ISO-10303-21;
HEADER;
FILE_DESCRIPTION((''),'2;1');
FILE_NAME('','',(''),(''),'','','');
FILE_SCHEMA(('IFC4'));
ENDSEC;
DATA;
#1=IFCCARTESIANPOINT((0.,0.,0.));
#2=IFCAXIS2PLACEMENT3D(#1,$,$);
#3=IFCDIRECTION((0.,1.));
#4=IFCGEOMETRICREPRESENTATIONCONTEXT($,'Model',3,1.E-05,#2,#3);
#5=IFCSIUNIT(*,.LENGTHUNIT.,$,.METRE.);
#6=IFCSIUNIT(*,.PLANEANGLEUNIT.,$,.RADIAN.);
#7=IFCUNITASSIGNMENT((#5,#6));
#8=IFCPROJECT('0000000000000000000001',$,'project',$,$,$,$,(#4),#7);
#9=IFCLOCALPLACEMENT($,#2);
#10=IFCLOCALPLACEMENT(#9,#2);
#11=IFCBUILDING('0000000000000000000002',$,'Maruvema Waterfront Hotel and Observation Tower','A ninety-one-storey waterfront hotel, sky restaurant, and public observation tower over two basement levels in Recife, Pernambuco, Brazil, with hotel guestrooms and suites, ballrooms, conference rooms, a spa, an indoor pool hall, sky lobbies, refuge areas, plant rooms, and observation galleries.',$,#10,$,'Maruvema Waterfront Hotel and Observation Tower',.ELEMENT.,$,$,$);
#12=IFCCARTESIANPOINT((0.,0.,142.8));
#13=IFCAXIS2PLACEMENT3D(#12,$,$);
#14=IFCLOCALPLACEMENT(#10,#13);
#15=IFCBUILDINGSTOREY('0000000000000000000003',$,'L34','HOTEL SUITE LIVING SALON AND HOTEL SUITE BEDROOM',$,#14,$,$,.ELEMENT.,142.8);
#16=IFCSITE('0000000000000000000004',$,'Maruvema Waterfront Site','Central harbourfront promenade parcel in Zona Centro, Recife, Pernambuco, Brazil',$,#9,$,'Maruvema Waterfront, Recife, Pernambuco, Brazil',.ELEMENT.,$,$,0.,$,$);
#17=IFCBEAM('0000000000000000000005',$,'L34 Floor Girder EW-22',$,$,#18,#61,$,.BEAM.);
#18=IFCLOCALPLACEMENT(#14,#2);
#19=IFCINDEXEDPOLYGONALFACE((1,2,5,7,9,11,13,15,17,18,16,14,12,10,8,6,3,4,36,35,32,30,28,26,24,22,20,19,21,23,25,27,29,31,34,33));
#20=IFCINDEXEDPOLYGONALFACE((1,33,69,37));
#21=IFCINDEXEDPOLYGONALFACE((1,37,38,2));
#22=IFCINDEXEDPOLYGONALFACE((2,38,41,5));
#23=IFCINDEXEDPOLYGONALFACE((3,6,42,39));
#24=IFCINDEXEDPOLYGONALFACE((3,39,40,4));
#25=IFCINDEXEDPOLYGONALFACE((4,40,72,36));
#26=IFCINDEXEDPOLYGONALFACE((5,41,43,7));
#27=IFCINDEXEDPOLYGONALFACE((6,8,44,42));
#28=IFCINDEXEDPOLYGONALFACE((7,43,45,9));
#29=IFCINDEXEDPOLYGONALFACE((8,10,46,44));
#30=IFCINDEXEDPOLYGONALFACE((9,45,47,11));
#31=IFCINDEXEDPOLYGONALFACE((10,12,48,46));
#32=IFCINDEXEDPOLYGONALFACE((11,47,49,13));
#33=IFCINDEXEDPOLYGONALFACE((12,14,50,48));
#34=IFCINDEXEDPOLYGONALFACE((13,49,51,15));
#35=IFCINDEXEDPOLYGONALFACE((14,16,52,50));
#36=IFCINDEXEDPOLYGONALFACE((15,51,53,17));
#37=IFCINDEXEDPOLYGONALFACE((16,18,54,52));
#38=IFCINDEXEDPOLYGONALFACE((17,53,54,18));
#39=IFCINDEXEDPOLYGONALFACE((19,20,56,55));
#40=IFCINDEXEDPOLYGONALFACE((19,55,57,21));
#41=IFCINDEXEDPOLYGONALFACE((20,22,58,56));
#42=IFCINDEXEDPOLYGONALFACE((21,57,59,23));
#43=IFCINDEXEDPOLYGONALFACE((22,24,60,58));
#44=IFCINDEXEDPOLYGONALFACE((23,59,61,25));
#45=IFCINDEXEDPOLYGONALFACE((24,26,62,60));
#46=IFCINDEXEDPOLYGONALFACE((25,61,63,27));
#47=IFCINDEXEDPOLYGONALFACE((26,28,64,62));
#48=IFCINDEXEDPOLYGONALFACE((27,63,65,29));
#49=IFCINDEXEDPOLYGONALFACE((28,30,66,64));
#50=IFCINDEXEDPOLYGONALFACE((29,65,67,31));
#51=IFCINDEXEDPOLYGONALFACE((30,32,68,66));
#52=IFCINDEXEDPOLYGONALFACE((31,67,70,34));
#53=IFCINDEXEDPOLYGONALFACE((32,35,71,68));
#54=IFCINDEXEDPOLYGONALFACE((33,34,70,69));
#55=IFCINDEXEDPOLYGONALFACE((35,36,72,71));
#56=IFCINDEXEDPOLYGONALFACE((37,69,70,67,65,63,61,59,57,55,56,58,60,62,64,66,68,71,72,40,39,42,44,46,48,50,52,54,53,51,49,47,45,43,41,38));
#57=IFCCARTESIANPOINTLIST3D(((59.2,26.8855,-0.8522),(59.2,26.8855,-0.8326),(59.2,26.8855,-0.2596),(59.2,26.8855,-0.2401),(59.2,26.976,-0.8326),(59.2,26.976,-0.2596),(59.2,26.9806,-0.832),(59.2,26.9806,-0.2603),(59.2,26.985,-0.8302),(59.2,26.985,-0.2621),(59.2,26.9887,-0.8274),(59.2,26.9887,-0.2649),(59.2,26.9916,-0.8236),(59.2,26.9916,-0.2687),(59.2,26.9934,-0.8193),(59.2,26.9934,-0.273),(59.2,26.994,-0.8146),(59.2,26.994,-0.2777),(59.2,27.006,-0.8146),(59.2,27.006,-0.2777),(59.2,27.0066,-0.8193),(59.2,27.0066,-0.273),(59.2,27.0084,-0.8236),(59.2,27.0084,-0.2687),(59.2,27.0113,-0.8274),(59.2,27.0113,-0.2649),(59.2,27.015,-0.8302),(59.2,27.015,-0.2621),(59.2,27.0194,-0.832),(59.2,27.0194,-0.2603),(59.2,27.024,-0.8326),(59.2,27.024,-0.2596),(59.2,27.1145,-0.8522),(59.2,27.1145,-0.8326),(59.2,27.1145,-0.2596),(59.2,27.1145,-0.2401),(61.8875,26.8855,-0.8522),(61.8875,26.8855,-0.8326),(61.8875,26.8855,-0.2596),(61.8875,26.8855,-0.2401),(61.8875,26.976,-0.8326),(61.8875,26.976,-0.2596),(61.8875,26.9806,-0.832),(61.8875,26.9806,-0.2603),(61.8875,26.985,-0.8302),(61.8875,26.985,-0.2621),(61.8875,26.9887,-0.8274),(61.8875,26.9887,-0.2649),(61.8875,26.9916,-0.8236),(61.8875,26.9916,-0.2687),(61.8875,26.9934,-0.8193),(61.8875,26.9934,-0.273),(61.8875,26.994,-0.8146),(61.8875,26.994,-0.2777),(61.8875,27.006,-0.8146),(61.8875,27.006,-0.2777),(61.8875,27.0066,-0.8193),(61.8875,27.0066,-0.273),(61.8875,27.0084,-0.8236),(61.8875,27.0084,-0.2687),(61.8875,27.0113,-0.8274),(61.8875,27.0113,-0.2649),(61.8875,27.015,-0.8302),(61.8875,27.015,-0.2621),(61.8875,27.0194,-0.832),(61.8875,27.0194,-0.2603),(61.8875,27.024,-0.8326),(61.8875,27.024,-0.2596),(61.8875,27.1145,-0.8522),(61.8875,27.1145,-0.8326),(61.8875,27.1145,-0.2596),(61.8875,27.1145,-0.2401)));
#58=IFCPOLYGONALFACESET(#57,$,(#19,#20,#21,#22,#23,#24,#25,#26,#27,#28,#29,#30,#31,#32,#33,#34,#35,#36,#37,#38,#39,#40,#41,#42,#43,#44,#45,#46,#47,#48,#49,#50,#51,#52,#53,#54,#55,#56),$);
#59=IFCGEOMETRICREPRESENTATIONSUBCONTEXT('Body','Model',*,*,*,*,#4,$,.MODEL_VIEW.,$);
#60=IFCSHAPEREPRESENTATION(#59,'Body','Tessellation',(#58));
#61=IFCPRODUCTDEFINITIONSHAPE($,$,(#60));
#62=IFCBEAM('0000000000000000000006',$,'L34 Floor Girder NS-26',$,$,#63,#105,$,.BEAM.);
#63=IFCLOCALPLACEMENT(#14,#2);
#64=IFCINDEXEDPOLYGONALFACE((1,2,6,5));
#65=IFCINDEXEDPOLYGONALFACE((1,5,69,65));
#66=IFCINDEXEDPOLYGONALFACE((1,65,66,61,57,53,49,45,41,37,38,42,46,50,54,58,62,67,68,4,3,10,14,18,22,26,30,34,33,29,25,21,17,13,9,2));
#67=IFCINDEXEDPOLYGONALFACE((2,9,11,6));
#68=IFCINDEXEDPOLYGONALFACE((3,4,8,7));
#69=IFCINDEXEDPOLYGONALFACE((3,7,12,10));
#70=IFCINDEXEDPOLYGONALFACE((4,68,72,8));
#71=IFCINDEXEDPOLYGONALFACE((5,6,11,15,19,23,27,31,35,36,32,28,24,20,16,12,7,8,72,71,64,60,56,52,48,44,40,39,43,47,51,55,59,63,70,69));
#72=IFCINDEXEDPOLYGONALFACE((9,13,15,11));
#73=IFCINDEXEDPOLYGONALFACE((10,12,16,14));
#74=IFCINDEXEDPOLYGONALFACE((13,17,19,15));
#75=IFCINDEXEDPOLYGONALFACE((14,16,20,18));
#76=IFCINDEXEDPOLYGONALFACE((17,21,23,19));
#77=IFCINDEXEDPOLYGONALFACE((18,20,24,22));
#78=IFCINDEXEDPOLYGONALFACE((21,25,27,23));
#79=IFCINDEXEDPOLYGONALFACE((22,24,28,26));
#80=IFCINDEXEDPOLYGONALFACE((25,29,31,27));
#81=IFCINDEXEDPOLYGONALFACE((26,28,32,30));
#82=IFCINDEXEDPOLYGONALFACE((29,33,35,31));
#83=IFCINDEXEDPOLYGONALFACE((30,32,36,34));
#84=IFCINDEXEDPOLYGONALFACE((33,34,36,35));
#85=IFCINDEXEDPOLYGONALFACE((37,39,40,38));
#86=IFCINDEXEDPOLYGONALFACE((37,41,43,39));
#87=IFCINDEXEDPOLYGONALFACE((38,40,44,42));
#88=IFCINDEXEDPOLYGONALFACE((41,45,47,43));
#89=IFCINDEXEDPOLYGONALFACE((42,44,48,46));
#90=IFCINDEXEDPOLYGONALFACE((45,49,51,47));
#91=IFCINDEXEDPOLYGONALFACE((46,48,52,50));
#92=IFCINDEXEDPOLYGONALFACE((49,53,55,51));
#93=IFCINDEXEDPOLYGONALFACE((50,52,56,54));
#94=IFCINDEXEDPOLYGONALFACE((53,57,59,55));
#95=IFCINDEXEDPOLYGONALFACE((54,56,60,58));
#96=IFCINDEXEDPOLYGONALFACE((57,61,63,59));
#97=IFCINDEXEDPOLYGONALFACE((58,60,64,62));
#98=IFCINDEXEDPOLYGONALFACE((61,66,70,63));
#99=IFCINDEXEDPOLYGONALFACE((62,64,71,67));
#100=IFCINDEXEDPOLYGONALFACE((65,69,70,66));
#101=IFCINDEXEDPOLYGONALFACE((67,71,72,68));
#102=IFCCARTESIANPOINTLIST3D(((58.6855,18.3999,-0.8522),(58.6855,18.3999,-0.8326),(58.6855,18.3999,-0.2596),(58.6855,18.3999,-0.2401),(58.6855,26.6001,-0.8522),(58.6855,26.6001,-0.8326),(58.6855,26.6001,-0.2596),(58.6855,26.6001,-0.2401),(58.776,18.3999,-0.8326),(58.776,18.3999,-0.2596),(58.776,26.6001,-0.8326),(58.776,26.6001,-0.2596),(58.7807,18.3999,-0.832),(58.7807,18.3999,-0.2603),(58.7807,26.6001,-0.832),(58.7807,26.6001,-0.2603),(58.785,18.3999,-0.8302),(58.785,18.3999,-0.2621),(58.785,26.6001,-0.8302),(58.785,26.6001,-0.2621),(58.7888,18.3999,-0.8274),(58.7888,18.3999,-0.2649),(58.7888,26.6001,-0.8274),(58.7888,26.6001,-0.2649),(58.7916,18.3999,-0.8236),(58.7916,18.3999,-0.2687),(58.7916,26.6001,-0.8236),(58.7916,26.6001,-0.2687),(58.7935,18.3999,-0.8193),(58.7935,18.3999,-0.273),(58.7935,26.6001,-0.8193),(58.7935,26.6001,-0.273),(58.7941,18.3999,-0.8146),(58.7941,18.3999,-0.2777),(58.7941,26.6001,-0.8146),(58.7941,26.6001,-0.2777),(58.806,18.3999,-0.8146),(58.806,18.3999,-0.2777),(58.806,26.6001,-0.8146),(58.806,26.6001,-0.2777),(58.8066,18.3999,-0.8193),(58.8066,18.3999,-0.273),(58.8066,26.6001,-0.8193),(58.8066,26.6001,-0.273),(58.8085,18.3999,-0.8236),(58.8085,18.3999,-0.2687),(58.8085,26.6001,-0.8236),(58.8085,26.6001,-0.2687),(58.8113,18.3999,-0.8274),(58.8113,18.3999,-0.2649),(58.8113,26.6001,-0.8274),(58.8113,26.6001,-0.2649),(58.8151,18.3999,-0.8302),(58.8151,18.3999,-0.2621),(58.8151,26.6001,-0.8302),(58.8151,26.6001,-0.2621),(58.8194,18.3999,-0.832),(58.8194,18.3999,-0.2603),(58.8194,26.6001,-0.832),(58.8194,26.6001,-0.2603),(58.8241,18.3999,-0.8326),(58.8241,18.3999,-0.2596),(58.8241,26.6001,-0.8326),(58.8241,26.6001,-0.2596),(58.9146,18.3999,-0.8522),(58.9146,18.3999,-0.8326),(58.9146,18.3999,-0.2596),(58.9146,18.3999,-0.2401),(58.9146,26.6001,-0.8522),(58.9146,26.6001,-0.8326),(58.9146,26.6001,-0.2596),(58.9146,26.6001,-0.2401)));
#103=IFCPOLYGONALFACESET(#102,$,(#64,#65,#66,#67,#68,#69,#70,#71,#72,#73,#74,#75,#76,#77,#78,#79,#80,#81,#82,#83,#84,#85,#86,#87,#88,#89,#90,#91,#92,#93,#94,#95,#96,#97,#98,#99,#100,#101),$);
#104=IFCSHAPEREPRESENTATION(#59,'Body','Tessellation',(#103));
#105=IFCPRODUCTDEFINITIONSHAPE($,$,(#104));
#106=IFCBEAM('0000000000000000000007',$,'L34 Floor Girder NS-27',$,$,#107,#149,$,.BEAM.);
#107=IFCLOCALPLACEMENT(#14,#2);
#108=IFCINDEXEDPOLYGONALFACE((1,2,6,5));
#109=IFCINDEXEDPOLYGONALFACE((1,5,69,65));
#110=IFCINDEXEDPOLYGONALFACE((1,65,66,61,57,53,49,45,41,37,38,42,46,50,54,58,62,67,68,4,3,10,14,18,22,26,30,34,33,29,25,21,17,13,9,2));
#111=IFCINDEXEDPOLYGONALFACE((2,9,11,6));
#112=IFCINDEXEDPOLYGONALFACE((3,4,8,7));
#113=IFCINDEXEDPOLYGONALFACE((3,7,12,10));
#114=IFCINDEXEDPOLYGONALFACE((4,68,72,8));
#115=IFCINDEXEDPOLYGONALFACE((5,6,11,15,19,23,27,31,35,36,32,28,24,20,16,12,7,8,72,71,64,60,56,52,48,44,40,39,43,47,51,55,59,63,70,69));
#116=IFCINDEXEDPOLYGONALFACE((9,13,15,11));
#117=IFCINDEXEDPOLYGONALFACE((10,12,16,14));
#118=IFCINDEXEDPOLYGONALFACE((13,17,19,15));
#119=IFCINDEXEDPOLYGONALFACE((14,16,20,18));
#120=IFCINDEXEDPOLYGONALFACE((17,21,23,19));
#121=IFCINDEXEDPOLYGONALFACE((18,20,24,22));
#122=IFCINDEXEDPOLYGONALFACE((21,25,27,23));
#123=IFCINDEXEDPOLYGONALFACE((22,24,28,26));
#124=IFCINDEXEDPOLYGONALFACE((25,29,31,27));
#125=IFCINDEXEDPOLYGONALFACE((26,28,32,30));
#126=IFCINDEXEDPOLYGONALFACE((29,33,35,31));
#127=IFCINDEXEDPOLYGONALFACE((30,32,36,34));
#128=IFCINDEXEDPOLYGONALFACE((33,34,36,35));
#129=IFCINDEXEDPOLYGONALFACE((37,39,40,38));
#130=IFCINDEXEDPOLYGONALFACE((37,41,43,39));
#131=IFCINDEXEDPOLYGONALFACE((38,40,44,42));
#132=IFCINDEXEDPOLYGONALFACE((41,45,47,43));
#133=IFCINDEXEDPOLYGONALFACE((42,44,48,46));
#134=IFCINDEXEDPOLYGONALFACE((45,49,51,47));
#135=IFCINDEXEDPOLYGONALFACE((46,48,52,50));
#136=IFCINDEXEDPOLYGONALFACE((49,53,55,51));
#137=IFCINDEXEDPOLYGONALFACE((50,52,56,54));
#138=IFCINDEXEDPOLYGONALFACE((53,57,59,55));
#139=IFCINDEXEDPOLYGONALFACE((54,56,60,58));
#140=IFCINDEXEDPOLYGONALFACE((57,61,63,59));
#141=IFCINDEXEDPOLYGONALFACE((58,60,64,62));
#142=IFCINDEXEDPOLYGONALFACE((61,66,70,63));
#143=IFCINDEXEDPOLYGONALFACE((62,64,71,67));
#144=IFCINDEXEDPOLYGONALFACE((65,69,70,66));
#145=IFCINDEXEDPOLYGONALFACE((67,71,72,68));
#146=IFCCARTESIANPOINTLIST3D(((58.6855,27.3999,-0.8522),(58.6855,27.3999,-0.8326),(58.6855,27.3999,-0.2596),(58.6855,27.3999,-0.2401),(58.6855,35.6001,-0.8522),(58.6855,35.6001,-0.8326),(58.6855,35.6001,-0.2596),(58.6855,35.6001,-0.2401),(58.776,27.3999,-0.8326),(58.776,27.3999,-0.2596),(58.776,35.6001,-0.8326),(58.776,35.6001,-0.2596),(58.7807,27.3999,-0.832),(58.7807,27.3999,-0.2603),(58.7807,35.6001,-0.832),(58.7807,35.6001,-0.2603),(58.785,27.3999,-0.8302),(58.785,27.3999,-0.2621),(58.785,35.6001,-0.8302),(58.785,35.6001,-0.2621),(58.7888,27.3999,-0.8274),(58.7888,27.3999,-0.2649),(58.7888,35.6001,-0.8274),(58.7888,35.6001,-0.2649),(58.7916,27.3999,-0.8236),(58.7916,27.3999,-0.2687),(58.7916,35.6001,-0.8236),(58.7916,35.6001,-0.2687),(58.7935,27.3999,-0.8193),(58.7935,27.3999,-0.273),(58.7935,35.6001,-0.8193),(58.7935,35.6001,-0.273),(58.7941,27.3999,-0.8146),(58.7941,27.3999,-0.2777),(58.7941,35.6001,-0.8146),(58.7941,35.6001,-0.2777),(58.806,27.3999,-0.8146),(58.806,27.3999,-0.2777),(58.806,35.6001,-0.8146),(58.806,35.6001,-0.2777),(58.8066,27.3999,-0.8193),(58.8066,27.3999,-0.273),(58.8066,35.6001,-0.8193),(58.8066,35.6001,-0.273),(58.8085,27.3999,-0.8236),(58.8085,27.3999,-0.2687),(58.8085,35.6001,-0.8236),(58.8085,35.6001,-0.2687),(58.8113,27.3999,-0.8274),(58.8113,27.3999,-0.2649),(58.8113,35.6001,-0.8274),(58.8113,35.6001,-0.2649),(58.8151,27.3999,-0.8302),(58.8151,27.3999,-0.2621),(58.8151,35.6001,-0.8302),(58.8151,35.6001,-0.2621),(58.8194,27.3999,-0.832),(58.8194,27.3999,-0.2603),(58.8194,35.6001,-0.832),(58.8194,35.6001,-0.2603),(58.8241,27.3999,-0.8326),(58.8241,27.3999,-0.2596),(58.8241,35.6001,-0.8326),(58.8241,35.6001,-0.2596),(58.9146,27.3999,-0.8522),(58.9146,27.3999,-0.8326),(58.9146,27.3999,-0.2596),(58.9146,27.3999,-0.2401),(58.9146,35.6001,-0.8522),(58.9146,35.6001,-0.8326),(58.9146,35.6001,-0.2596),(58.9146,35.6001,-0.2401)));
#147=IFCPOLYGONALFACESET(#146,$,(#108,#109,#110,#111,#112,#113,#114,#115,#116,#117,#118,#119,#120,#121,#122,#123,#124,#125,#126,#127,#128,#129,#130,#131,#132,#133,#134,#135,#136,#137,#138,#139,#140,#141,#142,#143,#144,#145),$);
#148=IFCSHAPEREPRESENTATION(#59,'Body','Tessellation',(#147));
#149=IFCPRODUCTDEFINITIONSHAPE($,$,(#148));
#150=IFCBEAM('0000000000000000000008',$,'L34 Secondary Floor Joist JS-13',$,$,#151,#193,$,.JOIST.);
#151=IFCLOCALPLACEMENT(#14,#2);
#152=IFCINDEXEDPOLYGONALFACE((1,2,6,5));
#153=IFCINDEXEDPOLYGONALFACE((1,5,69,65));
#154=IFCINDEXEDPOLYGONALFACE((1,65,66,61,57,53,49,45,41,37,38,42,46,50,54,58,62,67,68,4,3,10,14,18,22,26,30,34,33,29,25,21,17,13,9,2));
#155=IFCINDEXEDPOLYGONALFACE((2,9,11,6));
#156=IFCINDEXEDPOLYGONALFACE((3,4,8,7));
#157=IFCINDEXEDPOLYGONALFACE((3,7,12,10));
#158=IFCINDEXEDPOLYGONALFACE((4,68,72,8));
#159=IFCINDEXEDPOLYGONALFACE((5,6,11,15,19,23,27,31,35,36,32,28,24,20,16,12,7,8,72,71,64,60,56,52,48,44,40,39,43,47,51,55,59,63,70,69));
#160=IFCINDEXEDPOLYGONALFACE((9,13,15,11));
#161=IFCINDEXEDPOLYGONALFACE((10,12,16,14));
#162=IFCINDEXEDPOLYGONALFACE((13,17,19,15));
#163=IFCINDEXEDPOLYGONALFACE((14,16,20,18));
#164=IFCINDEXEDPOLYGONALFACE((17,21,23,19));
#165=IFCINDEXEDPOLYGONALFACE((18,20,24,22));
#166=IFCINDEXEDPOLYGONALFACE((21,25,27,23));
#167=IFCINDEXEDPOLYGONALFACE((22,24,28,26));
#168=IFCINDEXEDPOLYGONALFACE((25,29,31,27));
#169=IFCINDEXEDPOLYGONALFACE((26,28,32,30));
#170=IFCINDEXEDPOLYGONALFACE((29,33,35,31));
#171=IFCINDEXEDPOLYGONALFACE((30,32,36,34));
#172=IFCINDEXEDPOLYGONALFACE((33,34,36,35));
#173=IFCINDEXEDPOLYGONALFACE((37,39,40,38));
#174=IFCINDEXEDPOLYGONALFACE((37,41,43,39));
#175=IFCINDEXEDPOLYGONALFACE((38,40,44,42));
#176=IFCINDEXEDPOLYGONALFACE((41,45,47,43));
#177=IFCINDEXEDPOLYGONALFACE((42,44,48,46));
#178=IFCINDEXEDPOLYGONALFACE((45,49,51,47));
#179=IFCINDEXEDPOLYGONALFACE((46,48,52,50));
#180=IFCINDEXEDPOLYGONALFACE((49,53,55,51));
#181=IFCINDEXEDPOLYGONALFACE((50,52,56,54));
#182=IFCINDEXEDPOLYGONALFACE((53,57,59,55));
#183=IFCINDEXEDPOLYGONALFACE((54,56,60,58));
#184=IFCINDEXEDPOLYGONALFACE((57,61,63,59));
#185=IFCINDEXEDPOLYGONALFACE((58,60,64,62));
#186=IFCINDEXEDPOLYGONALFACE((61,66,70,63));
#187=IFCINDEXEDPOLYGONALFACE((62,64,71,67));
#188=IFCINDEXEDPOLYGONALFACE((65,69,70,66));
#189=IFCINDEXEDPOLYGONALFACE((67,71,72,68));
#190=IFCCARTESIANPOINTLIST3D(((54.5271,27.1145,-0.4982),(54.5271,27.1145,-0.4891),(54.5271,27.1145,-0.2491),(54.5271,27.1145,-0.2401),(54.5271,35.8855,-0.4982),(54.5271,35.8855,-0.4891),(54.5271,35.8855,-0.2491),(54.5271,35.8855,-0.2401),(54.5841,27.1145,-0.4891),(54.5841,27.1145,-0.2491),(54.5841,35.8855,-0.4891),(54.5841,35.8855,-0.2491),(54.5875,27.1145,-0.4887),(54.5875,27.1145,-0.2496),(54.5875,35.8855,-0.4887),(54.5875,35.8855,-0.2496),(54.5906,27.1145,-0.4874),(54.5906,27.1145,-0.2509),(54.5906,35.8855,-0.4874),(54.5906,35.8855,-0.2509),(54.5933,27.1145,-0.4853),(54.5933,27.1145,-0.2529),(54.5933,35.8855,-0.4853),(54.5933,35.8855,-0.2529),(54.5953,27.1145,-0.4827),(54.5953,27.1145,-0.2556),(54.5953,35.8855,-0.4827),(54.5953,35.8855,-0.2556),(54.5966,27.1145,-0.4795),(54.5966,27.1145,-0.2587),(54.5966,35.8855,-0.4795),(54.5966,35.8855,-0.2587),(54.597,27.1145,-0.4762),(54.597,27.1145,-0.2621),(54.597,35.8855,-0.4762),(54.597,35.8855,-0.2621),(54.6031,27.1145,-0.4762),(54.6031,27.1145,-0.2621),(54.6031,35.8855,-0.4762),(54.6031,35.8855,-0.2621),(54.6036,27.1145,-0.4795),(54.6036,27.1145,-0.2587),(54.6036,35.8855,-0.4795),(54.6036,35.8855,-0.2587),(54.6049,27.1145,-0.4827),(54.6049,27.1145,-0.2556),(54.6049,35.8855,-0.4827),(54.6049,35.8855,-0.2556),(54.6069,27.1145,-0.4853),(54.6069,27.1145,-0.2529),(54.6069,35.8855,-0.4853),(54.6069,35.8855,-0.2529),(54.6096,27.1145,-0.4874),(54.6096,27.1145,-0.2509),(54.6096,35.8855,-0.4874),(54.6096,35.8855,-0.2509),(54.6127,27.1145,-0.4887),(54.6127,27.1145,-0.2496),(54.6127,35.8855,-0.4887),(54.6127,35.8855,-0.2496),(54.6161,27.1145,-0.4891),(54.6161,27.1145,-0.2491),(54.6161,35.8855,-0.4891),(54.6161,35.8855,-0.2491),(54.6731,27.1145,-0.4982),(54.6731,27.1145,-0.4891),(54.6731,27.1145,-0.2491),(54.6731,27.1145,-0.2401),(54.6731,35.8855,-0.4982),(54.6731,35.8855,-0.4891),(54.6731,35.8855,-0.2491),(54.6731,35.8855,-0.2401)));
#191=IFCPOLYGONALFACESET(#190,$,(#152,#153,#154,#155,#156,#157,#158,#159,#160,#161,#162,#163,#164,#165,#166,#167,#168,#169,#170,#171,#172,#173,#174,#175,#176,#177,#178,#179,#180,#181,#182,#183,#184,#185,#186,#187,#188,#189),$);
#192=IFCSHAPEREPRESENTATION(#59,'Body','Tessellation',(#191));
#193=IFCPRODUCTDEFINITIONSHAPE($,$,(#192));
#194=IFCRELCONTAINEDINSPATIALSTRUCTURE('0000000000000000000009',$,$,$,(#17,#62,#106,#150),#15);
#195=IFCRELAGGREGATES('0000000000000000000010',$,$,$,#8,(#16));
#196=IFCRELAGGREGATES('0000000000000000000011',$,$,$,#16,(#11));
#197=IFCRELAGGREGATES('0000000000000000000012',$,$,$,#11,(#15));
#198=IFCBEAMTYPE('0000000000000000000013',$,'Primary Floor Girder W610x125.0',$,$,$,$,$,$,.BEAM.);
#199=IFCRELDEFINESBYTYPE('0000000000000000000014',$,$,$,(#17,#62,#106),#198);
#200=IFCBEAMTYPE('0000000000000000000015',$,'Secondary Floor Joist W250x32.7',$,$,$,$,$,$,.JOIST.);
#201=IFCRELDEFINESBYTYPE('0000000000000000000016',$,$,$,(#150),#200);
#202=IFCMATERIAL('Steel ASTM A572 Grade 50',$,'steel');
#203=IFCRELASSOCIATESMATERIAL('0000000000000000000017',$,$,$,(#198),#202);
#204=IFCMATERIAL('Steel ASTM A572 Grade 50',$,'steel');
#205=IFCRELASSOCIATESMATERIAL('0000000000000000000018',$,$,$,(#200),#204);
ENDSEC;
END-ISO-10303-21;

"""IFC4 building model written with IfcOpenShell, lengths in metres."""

from ifc_helpers import new_model, si_unit, direction, frame, origin, origin_2d, place, context, subcontext, project, spatial, i_section, extrude, material, material_profile, profile_set, type_object, element, save


model = new_model("IFC4")

# Units and contexts
model_context = context("Model", 3, precision=1e-05, world=origin(), true_north=direction((0.0, 1.0)))
body_context = subcontext(model_context, "Body", "Model", "MODEL_VIEW")
ifc_project = project(units=[si_unit("LENGTHUNIT", "METRE"), si_unit("PLANEANGLEUNIT", "RADIAN")], contexts=[model_context])

# Site, building, storey
site_placement = place(None, origin())
site = spatial("IfcSite", under=ifc_project, at=site_placement, Name="Maruvema Waterfront Site", Description="Central harbourfront promenade parcel in Zona Centro, Recife, Pernambuco, Brazil", LongName="Maruvema Waterfront, Recife, Pernambuco, Brazil", CompositionType="ELEMENT", RefElevation=0.0)
building_placement = place(site_placement, origin())
building = spatial("IfcBuilding", under=site, at=building_placement, Name="Maruvema Waterfront Hotel and Observation Tower", Description="A ninety-one-storey waterfront hotel, sky restaurant, and public observation tower over two basement levels in Recife, Pernambuco, Brazil, with hotel guestrooms and suites, ballrooms, conference rooms, a spa, an indoor pool hall, sky lobbies, refuge areas, plant rooms, and observation galleries.", LongName="Maruvema Waterfront Hotel and Observation Tower", CompositionType="ELEMENT")
storey_placement = place(building_placement, frame((0.0, 0.0, 142.8)))
storey = spatial("IfcBuildingStorey", under=building, at=storey_placement, Name="L34", Description="HOTEL SUITE LIVING SALON AND HOTEL SUITE BEDROOM", CompositionType="ELEMENT", Elevation=142.8)

# Beams
ifc_material_1 = material(Name="Steel ASTM A572 Grade 50", Category="steel")
ifc_material_profile_1 = material_profile(ifc_material_1, i_section(OverallWidth=0.229, OverallDepth=0.6121, WebThickness=0.012, FlangeThickness=0.0195, FilletRadius=0.0181, at=origin_2d()), Name="W610x125.0")
ifc_profile_set_1 = profile_set([ifc_material_profile_1], Name="Steel ASTM A572 Grade 50")
beam_type_1 = type_object("IfcBeamType", Name="Primary Floor Girder W610x125.0", PredefinedType="BEAM", material=ifc_profile_set_1)
beam_1_placement = place(storey_placement, frame((59.2, 27.0, -0.5461), z_axis=(1.0, 0.0, 0.0), x_axis=(0.0, 1.0, 0.0)))
element("IfcBeam", 1, at=beam_1_placement, inside=storey, type_object=beam_type_1, Name="L34 Floor Girder EW-22", PredefinedType="BEAM", context=body_context, shape_type="SweptSolid", body=[
    extrude(i_section(OverallWidth=0.229, OverallDepth=0.6121, WebThickness=0.012, FlangeThickness=0.0195, FilletRadius=0.0181, at=origin_2d()), origin(), (0.0, 0.0, 1.0), 2.6875),
])
for number, where, z_axis, x_axis, name in (
    (2, (58.8, 18.3999, -0.5461), (0.0, 1.0, 0.0), (-1.0, 0.0, 0.0), "L34 Floor Girder NS-26"),
    (3, (58.8, 27.3999, -0.5461), (0.0, 1.0, 0.0), (-1.0, 0.0, 0.0), "L34 Floor Girder NS-27"),
):
    element("IfcBeam", number, at=place(storey_placement, frame(where, z_axis=z_axis, x_axis=x_axis)), inside=storey, type_object=beam_type_1, Name=name, PredefinedType="BEAM", context=body_context, shape_type="SweptSolid", body=[
        extrude(i_section(OverallWidth=0.229, OverallDepth=0.6121, WebThickness=0.012, FlangeThickness=0.0195, FilletRadius=0.0181, at=origin_2d()), origin(), (0.0, 0.0, 1.0), 8.2002),
    ])
ifc_material_2 = material(Name="Steel ASTM A572 Grade 50", Category="steel")
ifc_material_profile_2 = material_profile(ifc_material_2, i_section(OverallWidth=0.146, OverallDepth=0.2581, WebThickness=0.0061, FlangeThickness=0.009, FilletRadius=0.0129, at=origin_2d()), Name="W250x32.7")
ifc_profile_set_2 = profile_set([ifc_material_profile_2], Name="Steel ASTM A572 Grade 50")
beam_type_2 = type_object("IfcBeamType", Name="Secondary Floor Joist W250x32.7", PredefinedType="JOIST", material=ifc_profile_set_2)
beam_2_placement = place(storey_placement, frame((54.6001, 27.1145, -0.3691), z_axis=(0.0, 1.0, 0.0), x_axis=(-1.0, 0.0, 0.0)))
element("IfcBeam", 4, at=beam_2_placement, inside=storey, type_object=beam_type_2, Name="L34 Secondary Floor Joist JS-13", PredefinedType="JOIST", context=body_context, shape_type="SweptSolid", body=[
    extrude(i_section(OverallWidth=0.146, OverallDepth=0.2581, WebThickness=0.0061, FlangeThickness=0.009, FilletRadius=0.0129, at=origin_2d()), origin(), (0.0, 0.0, 1.0), 8.771),
])

save(model, "model.ifc")
